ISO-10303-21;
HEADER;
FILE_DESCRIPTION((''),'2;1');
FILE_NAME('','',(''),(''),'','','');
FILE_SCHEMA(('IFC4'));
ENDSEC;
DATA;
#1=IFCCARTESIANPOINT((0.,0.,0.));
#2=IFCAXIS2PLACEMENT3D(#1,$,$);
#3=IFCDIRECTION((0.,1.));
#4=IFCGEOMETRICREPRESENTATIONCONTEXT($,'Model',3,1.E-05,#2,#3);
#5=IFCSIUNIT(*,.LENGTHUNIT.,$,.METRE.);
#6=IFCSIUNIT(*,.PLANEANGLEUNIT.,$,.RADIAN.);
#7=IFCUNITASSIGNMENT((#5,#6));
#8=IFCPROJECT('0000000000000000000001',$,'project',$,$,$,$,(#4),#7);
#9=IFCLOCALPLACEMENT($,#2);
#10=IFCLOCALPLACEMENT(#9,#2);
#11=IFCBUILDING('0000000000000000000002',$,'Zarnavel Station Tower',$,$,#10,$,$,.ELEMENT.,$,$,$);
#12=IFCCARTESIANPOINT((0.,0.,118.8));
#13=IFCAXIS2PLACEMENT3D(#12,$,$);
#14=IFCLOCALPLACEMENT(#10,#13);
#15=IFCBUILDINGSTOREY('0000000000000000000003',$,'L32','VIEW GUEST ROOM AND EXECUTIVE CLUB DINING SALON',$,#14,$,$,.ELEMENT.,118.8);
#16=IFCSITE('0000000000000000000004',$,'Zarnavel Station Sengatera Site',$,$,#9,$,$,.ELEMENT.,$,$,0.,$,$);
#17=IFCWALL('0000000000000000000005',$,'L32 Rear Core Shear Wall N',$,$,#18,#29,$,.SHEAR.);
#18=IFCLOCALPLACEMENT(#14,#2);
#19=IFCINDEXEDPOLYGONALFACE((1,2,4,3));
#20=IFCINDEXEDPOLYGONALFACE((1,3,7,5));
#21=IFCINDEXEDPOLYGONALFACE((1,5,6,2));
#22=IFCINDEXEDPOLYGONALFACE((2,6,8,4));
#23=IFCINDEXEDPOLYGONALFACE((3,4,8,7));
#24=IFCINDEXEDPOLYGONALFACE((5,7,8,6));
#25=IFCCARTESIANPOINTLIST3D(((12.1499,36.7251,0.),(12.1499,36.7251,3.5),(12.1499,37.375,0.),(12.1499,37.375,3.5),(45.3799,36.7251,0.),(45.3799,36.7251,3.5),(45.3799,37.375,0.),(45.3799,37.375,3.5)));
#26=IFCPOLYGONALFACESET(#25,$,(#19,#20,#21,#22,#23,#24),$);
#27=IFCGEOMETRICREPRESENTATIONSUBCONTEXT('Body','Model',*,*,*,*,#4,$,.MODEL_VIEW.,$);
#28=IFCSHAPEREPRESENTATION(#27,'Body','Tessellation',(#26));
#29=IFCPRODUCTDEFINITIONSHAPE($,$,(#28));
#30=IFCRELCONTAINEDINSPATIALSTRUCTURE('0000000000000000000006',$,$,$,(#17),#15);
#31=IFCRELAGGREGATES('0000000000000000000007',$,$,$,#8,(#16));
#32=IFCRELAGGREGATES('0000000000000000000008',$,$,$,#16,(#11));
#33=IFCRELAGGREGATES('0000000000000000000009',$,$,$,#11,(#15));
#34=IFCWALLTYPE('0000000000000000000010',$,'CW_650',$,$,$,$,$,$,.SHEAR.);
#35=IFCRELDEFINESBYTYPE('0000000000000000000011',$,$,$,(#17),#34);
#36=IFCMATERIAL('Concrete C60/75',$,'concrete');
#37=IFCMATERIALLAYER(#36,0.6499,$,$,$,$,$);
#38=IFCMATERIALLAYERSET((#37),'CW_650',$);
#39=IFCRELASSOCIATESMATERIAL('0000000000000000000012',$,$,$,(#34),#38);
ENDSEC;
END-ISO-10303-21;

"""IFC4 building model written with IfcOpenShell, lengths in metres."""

from ifc_helpers import new_model, si_unit, direction, frame, frame_2d, origin, place, context, subcontext, project, spatial, rectangle, extrude, material, layer, layer_set, type_object, element, save


model = new_model("IFC4")

# Units and contexts
model_context = context("Model", 3, precision=1e-05, world=origin(), true_north=direction((0.0, 1.0)))
body_context = subcontext(model_context, "Body", "Model", "MODEL_VIEW")
ifc_project = project(units=[si_unit("LENGTHUNIT", "METRE"), si_unit("PLANEANGLEUNIT", "RADIAN")], contexts=[model_context])

# Site, building, storey
site_placement = place(None, origin())
site = spatial("IfcSite", under=ifc_project, at=site_placement, Name="Zarnavel Station Sengatera Site", CompositionType="ELEMENT", RefElevation=0.0)
building_placement = place(site_placement, origin())
building = spatial("IfcBuilding", under=site, at=building_placement, Name="Zarnavel Station Tower", CompositionType="ELEMENT")
storey_placement = place(building_placement, frame((0.0, 0.0, 118.8)))
storey = spatial("IfcBuildingStorey", under=building, at=storey_placement, Name="L32", Description="VIEW GUEST ROOM AND EXECUTIVE CLUB DINING SALON", CompositionType="ELEMENT", Elevation=118.8)

# Wall
ifc_material_1 = material(Name="Concrete C60/75", Category="concrete")
ifc_layer_1 = layer(ifc_material_1, 0.6499)
ifc_layer_set_1 = layer_set([ifc_layer_1], Name="CW_650")
wall_type_1 = type_object("IfcWallType", Name="CW_650", PredefinedType="SHEAR", material=ifc_layer_set_1)
wall_1_placement = place(storey_placement, frame((12.1499, 37.05, 0.0), z_axis=(0.0, 0.0, 1.0), x_axis=(1.0, 0.0, 0.0)))
element("IfcWall", 1, at=wall_1_placement, inside=storey, type_object=wall_type_1, Name="L32 Rear Core Shear Wall N", PredefinedType="SHEAR", context=body_context, shape_type="SweptSolid", body=[
    extrude(rectangle(XDim=33.23, YDim=0.6499, at=frame_2d((16.615, 0.0))), origin(), (0.0, 0.0, 1.0), 3.5),
])

save(model, "model.ifc")
